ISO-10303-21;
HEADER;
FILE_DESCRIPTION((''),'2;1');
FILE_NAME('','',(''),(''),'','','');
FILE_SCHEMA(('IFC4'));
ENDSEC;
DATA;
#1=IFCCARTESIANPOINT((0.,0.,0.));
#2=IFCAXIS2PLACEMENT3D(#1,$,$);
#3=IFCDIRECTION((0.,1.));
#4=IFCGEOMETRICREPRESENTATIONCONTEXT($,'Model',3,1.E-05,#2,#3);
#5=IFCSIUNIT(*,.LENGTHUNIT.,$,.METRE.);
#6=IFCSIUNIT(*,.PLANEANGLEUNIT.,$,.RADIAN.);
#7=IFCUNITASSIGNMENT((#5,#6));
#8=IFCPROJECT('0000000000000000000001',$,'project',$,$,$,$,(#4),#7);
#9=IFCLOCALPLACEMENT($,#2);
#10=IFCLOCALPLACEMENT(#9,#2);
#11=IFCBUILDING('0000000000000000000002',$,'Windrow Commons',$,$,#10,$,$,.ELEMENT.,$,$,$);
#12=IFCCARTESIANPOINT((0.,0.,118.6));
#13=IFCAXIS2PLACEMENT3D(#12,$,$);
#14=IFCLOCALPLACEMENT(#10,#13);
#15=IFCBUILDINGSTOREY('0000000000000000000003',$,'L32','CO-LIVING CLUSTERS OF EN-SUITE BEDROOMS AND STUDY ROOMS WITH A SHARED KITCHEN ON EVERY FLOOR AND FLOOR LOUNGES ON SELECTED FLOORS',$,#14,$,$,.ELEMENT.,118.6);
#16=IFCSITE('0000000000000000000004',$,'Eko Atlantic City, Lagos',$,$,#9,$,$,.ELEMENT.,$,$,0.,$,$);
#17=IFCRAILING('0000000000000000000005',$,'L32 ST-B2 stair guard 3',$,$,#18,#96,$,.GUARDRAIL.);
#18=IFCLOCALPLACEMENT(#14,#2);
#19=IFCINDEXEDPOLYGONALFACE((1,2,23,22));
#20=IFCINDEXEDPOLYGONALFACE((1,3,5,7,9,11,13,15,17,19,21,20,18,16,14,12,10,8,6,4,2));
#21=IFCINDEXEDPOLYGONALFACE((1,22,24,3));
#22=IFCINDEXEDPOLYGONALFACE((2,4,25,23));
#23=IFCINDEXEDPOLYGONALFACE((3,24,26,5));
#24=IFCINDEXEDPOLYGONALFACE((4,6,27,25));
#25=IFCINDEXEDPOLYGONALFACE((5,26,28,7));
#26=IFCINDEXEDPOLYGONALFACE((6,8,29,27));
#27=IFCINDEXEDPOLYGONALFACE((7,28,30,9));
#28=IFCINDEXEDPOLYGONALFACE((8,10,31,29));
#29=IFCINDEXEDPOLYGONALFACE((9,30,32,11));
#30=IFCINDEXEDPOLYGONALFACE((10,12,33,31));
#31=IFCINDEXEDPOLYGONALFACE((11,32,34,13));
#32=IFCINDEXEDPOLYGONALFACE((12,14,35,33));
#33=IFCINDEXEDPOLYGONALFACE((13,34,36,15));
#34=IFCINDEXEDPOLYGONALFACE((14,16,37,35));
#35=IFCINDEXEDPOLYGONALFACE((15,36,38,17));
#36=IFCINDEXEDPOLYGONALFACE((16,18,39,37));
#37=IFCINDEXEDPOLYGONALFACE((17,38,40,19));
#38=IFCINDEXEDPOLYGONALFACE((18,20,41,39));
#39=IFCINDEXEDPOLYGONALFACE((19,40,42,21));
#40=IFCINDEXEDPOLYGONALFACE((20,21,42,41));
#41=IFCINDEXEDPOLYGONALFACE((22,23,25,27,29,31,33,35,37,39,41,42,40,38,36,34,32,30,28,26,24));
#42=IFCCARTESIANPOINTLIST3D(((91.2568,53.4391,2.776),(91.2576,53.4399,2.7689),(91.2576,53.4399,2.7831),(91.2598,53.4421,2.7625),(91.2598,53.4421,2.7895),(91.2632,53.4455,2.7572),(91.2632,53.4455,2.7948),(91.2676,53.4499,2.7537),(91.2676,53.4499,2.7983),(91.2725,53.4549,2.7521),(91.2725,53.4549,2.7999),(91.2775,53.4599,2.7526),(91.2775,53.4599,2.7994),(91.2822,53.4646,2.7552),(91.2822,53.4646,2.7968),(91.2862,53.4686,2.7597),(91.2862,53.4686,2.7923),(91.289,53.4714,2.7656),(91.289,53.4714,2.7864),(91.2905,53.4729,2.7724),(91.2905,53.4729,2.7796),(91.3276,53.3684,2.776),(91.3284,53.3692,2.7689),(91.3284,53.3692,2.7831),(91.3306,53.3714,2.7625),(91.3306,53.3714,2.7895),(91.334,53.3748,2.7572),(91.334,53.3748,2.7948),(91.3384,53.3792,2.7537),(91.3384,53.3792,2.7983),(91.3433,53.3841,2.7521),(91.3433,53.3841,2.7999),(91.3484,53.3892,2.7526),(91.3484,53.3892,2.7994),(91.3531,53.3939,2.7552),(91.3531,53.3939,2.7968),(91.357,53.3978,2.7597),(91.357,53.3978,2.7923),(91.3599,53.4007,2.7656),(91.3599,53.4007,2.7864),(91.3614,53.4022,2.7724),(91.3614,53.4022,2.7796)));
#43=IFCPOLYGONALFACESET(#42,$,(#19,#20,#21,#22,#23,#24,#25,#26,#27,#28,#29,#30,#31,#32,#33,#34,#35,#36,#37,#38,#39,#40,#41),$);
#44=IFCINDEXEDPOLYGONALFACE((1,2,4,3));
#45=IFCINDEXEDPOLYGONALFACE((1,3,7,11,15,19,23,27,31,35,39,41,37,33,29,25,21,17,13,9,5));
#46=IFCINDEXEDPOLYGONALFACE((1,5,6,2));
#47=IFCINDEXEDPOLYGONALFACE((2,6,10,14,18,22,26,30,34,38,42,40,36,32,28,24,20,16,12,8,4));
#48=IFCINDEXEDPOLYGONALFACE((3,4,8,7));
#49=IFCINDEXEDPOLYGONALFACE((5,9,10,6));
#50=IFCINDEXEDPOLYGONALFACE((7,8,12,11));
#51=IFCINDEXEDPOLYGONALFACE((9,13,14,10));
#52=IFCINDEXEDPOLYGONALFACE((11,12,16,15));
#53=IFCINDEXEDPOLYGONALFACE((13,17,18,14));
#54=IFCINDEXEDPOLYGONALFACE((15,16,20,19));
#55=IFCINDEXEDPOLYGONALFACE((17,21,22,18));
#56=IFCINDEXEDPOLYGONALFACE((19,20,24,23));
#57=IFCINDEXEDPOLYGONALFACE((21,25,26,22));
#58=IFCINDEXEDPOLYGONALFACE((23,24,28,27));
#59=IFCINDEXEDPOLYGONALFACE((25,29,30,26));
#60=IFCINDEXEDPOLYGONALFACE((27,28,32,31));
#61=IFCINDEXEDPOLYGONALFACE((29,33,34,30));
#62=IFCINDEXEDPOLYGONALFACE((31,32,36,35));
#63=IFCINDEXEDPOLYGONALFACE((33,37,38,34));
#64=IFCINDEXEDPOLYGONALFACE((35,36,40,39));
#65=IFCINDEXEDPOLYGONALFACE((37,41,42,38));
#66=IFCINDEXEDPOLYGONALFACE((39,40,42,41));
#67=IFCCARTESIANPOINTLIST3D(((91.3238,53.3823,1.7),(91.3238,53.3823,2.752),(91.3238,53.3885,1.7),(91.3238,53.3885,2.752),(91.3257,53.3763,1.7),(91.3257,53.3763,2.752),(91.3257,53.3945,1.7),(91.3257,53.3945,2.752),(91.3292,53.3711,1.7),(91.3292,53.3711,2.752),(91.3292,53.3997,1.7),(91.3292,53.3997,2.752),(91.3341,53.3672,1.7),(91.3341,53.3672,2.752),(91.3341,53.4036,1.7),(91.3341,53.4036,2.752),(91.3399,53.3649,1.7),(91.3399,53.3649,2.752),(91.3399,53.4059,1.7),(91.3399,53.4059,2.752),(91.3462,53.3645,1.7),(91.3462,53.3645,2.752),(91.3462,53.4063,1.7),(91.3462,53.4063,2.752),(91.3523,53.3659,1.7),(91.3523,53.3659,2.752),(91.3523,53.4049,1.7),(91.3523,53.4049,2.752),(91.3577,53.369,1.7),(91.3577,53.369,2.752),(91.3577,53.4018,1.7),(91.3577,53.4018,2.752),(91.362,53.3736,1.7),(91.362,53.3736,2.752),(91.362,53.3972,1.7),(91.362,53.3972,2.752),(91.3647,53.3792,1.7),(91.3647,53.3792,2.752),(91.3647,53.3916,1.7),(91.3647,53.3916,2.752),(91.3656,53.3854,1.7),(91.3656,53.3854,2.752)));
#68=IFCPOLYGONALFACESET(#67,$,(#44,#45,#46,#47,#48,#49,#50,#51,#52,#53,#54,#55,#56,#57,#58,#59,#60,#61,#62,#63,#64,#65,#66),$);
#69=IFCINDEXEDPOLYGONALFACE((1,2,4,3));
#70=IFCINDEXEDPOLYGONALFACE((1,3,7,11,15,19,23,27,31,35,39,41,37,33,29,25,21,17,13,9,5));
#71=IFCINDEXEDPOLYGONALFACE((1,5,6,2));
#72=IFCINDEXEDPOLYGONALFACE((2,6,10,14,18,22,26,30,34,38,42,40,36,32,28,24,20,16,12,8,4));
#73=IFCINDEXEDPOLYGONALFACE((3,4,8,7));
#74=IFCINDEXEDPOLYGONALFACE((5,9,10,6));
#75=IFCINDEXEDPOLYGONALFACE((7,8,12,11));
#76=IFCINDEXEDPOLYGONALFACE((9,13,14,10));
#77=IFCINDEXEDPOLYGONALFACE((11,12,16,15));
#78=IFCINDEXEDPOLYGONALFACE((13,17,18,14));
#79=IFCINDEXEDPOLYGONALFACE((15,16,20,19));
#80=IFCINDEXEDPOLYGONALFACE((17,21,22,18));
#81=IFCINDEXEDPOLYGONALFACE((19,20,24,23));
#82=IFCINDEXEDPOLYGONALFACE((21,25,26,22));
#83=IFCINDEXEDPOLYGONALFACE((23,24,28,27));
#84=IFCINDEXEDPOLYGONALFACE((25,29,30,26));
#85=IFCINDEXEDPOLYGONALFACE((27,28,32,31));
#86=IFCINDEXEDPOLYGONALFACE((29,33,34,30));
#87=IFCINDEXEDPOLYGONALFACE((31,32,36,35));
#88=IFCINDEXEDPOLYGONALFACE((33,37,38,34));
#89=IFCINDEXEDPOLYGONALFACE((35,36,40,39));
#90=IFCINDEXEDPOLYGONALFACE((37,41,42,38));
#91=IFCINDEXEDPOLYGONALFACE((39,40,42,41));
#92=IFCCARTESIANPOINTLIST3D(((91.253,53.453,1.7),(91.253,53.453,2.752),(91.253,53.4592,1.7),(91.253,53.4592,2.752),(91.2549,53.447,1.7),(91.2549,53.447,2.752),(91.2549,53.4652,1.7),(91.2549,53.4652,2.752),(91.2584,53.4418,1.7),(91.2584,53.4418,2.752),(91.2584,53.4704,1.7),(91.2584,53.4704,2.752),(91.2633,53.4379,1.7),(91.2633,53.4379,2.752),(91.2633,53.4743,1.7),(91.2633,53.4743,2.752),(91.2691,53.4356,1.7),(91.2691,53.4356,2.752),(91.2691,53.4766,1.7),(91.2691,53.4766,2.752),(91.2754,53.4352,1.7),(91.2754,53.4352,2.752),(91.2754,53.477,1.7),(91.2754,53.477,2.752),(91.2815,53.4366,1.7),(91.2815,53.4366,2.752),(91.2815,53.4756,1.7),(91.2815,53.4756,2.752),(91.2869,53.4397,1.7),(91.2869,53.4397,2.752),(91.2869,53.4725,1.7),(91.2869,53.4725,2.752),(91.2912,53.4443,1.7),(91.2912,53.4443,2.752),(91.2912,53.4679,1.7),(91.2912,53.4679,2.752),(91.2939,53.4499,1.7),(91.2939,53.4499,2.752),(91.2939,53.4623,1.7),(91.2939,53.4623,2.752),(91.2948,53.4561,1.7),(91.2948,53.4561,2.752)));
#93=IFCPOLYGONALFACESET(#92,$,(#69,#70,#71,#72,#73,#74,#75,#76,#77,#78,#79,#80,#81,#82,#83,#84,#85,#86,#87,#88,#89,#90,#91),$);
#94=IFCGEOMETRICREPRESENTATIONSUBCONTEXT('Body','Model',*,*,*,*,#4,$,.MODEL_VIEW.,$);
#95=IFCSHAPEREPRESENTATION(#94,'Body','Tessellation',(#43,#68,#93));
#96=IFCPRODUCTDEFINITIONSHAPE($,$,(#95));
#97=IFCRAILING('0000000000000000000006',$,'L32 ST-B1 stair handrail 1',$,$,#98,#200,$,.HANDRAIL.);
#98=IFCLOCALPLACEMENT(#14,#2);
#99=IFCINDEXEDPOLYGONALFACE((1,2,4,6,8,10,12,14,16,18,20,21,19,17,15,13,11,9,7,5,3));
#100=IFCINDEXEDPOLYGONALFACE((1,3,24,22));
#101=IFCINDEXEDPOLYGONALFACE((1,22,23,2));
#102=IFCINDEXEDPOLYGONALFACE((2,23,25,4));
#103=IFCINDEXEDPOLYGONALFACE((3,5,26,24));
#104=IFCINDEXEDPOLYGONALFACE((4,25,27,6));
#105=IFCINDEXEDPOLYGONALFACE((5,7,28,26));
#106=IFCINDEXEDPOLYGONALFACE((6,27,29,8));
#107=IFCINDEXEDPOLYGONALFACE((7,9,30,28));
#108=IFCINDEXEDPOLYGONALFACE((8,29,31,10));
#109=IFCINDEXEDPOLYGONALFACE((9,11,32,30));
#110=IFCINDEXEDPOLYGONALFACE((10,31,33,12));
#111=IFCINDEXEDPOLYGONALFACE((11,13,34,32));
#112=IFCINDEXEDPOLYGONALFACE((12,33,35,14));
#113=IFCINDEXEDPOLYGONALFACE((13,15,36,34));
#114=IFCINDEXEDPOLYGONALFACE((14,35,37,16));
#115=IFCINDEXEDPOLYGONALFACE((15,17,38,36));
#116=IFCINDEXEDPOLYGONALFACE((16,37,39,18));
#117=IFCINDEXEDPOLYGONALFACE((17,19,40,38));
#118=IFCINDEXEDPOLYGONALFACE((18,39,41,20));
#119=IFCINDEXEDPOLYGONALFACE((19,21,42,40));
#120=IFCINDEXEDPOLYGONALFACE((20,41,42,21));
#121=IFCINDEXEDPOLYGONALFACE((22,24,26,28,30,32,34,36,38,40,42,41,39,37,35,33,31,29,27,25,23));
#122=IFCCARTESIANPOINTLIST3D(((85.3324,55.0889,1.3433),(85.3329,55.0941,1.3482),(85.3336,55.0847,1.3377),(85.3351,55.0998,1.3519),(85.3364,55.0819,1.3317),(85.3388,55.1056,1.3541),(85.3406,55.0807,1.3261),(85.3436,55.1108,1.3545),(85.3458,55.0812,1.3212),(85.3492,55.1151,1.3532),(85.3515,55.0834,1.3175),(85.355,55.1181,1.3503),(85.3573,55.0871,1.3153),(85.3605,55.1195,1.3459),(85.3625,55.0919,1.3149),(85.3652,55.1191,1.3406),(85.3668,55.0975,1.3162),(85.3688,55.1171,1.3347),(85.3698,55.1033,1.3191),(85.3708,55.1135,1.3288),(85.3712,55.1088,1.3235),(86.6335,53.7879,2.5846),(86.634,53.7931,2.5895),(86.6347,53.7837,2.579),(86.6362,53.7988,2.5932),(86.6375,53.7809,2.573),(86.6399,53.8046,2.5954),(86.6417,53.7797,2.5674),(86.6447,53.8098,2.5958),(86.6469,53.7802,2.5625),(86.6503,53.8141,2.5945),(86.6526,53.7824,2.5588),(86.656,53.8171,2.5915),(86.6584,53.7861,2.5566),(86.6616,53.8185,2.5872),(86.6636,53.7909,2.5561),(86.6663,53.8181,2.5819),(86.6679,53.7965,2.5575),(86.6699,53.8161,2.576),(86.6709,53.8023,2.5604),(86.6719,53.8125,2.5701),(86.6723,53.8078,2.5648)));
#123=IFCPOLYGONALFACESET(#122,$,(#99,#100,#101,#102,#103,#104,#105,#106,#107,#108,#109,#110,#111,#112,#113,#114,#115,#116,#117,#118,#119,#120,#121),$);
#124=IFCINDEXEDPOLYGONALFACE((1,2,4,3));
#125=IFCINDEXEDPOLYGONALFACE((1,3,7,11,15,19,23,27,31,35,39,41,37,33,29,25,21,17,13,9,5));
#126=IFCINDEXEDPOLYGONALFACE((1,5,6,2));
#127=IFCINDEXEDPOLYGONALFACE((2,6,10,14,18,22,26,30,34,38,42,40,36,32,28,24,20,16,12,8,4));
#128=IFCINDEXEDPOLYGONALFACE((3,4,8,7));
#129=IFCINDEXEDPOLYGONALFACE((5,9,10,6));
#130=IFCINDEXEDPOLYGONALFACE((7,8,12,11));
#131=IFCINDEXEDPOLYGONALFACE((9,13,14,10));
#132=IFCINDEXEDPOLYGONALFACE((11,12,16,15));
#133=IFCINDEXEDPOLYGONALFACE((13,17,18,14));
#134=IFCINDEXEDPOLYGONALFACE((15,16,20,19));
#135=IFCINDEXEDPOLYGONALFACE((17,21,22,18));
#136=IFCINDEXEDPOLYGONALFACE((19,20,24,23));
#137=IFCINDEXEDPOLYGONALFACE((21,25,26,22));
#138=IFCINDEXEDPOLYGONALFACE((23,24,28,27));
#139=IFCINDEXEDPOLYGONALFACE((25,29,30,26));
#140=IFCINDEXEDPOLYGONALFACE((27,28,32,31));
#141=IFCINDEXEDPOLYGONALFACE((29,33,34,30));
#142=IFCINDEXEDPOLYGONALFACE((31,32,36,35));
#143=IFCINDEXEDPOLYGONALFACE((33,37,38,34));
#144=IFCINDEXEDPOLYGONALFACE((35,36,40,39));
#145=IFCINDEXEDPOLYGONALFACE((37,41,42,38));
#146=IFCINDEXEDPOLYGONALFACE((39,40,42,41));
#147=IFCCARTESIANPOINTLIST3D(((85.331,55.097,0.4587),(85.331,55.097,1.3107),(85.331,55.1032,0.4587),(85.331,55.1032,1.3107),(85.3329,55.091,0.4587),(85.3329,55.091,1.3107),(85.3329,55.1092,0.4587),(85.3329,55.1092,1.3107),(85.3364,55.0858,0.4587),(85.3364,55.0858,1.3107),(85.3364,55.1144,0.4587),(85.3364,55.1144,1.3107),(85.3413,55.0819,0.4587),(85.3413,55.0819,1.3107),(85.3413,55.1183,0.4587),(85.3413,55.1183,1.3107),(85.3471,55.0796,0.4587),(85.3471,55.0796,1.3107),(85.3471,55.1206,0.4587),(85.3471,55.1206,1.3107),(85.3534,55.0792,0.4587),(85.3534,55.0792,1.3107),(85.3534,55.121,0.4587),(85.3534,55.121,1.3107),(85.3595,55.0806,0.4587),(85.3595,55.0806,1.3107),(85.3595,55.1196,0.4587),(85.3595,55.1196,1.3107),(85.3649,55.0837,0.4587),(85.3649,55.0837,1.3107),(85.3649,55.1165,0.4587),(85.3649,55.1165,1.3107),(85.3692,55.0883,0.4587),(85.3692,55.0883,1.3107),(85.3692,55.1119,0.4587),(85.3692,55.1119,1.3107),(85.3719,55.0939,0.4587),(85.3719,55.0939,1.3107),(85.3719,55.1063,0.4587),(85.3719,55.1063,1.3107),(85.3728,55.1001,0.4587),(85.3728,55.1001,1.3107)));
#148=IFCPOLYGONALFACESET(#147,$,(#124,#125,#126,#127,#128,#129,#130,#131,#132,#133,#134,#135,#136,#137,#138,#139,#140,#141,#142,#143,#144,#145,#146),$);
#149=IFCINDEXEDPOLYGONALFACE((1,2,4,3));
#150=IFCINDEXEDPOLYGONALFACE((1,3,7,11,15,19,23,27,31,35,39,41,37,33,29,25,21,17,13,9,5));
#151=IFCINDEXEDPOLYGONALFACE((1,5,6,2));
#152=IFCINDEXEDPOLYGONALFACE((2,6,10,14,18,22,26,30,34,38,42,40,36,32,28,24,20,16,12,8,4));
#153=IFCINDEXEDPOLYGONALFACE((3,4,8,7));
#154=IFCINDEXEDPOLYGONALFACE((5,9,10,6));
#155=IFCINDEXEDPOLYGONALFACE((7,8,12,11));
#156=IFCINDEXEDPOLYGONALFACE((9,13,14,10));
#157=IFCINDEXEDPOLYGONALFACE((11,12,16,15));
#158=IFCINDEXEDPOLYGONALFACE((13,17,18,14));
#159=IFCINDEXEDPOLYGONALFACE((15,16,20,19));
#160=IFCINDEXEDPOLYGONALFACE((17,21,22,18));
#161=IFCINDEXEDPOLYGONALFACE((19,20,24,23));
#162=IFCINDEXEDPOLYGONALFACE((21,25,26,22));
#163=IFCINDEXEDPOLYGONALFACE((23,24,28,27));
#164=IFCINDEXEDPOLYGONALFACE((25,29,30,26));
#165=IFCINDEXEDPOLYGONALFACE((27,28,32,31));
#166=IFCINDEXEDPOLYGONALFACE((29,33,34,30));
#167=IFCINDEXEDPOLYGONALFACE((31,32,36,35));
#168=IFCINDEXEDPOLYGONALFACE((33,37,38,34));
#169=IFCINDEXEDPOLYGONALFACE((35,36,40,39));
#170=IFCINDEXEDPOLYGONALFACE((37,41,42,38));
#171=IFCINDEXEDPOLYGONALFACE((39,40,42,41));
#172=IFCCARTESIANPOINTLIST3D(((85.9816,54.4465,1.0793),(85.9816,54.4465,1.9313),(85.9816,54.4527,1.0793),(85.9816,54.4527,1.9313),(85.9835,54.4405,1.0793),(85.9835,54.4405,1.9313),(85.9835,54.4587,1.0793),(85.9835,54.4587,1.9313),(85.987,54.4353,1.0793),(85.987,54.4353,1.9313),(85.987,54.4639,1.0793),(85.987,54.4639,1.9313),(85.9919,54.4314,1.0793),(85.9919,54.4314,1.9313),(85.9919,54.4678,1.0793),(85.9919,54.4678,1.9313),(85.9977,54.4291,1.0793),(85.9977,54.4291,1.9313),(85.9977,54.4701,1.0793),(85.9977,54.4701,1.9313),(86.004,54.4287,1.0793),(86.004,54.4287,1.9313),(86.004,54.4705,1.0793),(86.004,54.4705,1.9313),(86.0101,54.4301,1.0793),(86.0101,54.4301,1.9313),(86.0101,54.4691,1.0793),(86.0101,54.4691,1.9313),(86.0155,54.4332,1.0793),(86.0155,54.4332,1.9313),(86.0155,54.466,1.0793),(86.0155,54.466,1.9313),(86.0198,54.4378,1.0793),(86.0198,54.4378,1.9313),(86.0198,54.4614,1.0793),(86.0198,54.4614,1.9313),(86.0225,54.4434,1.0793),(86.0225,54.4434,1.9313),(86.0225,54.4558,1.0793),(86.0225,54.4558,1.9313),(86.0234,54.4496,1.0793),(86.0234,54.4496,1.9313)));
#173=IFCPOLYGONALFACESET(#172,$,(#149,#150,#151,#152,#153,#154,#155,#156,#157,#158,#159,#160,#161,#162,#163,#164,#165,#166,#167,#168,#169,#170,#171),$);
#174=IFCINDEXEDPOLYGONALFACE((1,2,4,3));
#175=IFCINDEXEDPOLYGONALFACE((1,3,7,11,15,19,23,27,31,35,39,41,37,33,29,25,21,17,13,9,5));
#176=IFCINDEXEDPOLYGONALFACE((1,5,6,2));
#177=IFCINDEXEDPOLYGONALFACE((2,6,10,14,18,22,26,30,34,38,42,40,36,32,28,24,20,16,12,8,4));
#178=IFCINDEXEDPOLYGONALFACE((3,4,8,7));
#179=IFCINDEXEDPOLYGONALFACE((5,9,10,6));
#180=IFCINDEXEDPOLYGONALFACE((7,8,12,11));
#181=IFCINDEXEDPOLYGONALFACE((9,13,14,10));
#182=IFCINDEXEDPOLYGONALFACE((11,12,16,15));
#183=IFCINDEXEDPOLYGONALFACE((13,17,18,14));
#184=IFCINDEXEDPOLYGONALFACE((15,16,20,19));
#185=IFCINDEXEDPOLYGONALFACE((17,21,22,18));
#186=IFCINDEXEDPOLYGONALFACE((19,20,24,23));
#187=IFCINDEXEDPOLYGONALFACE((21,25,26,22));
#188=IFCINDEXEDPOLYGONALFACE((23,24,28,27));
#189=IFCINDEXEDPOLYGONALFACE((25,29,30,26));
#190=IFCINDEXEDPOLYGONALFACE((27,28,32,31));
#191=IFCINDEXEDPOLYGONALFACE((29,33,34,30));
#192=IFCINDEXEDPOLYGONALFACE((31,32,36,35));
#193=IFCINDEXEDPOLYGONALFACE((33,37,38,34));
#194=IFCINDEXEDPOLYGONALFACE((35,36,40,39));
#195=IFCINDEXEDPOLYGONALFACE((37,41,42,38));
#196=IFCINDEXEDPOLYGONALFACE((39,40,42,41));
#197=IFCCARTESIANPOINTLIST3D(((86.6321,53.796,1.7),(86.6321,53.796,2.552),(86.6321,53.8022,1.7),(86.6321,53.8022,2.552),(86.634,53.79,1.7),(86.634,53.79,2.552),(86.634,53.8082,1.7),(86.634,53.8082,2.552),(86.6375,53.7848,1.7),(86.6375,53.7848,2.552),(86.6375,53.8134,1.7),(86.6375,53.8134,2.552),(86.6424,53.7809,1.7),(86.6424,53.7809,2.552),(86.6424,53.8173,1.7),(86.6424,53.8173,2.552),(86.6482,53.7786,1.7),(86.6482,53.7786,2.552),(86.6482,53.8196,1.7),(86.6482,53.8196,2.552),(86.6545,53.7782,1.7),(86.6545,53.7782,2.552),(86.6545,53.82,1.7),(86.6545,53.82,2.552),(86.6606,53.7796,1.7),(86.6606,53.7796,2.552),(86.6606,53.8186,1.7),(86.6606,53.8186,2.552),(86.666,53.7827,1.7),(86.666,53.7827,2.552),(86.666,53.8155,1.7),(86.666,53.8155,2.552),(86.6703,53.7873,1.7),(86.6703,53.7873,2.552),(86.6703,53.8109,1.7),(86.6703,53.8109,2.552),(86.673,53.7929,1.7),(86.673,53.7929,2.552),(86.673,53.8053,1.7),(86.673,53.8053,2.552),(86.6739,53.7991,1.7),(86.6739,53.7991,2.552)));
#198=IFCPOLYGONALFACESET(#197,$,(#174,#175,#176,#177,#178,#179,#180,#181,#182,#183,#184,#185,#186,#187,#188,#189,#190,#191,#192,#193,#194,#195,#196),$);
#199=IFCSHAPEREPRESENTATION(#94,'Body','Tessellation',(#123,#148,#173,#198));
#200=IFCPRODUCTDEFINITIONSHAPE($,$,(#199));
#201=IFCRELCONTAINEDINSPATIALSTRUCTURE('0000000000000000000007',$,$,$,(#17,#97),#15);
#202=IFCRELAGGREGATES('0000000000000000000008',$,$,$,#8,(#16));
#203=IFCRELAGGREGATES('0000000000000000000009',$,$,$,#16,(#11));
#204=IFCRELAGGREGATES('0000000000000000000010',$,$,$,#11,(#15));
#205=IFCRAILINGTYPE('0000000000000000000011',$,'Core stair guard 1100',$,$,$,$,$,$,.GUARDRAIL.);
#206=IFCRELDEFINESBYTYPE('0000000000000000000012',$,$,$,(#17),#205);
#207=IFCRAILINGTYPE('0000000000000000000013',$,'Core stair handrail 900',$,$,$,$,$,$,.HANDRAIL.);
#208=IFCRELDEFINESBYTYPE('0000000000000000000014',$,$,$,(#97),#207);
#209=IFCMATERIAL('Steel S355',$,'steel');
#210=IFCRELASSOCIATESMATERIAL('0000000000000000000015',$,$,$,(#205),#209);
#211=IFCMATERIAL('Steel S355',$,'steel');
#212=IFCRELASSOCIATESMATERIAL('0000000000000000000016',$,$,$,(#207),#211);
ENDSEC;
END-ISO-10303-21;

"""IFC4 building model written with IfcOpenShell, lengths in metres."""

from ifc_helpers import new_model, si_unit, direction, frame, origin, origin_2d, place, context, subcontext, project, spatial, circle, extrude, material, type_object, element, save


model = new_model("IFC4")

# Units and contexts
model_context = context("Model", 3, precision=1e-05, world=origin(), true_north=direction((0.0, 1.0)))
body_context = subcontext(model_context, "Body", "Model", "MODEL_VIEW")
ifc_project = project(units=[si_unit("LENGTHUNIT", "METRE"), si_unit("PLANEANGLEUNIT", "RADIAN")], contexts=[model_context])

# Site, building, storey
site_placement = place(None, origin())
site = spatial("IfcSite", under=ifc_project, at=site_placement, Name="Eko Atlantic City, Lagos", CompositionType="ELEMENT", RefElevation=0.0)
building_placement = place(site_placement, origin())
building = spatial("IfcBuilding", under=site, at=building_placement, Name="Windrow Commons", CompositionType="ELEMENT")
storey_placement = place(building_placement, frame((0.0, 0.0, 118.6)))
storey = spatial("IfcBuildingStorey", under=building, at=storey_placement, Name="L32", Description="CO-LIVING CLUSTERS OF EN-SUITE BEDROOMS AND STUDY ROOMS WITH A SHARED KITCHEN ON EVERY FLOOR AND FLOOR LOUNGES ON SELECTED FLOORS", CompositionType="ELEMENT", Elevation=118.6)

# Railings
ifc_material_1 = material(Name="Steel S355", Category="steel")
railing_type_1 = type_object("IfcRailingType", Name="Core stair guard 1100", PredefinedType="GUARDRAIL", material=ifc_material_1)
railing_1_placement = place(storey_placement, frame((91.3446, 53.3854, 1.7)))
element("IfcRailing", 1, at=railing_1_placement, inside=storey, type_object=railing_type_1, Name="L32 ST-B2 stair guard 3", PredefinedType="GUARDRAIL", context=body_context, shape_type="SweptSolid", body=[
    extrude(circle(Radius=0.024, at=origin_2d()), frame((0.0, 0.0, 1.076), z_axis=(-0.707606, 0.706607, 0.0), x_axis=(-0.706607, -0.707606, 0.0)), (0.0, 0.0, 1.0), 0.1001),
    extrude(circle(Radius=0.021, at=origin_2d()), origin(), (0.0, 0.0, 1.0), 1.052),
    extrude(circle(Radius=0.021, at=origin_2d()), frame((-0.0708, 0.0707, 0.0)), (0.0, 0.0, 1.0), 1.052),
])
ifc_material_2 = material(Name="Steel S355", Category="steel")
railing_type_2 = type_object("IfcRailingType", Name="Core stair handrail 900", PredefinedType="HANDRAIL", material=ifc_material_2)
railing_2_placement = place(storey_placement, frame((85.3518, 55.1001, 0.4587)))
element("IfcRailing", 2, at=railing_2_placement, inside=storey, type_object=railing_type_2, Name="L32 ST-B1 stair handrail 1", PredefinedType="HANDRAIL", context=body_context, shape_type="SweptSolid", body=[
    extrude(circle(Radius=0.024, at=origin_2d()), frame((0.0, 0.0, 0.876), z_axis=(0.586207, -0.586162, 0.559264), x_axis=(0.70708, 0.707134, 0.0)), (0.0, 0.0, 1.0), 2.2195),
    extrude(circle(Radius=0.021, at=origin_2d()), origin(), (0.0, 0.0, 1.0), 0.852),
    extrude(circle(Radius=0.021, at=origin_2d()), frame((0.6506, -0.6505, 0.6206)), (0.0, 0.0, 1.0), 0.852),
    extrude(circle(Radius=0.021, at=origin_2d()), frame((1.3011, -1.301, 1.2413)), (0.0, 0.0, 1.0), 0.852),
])

save(model, "model.ifc")
